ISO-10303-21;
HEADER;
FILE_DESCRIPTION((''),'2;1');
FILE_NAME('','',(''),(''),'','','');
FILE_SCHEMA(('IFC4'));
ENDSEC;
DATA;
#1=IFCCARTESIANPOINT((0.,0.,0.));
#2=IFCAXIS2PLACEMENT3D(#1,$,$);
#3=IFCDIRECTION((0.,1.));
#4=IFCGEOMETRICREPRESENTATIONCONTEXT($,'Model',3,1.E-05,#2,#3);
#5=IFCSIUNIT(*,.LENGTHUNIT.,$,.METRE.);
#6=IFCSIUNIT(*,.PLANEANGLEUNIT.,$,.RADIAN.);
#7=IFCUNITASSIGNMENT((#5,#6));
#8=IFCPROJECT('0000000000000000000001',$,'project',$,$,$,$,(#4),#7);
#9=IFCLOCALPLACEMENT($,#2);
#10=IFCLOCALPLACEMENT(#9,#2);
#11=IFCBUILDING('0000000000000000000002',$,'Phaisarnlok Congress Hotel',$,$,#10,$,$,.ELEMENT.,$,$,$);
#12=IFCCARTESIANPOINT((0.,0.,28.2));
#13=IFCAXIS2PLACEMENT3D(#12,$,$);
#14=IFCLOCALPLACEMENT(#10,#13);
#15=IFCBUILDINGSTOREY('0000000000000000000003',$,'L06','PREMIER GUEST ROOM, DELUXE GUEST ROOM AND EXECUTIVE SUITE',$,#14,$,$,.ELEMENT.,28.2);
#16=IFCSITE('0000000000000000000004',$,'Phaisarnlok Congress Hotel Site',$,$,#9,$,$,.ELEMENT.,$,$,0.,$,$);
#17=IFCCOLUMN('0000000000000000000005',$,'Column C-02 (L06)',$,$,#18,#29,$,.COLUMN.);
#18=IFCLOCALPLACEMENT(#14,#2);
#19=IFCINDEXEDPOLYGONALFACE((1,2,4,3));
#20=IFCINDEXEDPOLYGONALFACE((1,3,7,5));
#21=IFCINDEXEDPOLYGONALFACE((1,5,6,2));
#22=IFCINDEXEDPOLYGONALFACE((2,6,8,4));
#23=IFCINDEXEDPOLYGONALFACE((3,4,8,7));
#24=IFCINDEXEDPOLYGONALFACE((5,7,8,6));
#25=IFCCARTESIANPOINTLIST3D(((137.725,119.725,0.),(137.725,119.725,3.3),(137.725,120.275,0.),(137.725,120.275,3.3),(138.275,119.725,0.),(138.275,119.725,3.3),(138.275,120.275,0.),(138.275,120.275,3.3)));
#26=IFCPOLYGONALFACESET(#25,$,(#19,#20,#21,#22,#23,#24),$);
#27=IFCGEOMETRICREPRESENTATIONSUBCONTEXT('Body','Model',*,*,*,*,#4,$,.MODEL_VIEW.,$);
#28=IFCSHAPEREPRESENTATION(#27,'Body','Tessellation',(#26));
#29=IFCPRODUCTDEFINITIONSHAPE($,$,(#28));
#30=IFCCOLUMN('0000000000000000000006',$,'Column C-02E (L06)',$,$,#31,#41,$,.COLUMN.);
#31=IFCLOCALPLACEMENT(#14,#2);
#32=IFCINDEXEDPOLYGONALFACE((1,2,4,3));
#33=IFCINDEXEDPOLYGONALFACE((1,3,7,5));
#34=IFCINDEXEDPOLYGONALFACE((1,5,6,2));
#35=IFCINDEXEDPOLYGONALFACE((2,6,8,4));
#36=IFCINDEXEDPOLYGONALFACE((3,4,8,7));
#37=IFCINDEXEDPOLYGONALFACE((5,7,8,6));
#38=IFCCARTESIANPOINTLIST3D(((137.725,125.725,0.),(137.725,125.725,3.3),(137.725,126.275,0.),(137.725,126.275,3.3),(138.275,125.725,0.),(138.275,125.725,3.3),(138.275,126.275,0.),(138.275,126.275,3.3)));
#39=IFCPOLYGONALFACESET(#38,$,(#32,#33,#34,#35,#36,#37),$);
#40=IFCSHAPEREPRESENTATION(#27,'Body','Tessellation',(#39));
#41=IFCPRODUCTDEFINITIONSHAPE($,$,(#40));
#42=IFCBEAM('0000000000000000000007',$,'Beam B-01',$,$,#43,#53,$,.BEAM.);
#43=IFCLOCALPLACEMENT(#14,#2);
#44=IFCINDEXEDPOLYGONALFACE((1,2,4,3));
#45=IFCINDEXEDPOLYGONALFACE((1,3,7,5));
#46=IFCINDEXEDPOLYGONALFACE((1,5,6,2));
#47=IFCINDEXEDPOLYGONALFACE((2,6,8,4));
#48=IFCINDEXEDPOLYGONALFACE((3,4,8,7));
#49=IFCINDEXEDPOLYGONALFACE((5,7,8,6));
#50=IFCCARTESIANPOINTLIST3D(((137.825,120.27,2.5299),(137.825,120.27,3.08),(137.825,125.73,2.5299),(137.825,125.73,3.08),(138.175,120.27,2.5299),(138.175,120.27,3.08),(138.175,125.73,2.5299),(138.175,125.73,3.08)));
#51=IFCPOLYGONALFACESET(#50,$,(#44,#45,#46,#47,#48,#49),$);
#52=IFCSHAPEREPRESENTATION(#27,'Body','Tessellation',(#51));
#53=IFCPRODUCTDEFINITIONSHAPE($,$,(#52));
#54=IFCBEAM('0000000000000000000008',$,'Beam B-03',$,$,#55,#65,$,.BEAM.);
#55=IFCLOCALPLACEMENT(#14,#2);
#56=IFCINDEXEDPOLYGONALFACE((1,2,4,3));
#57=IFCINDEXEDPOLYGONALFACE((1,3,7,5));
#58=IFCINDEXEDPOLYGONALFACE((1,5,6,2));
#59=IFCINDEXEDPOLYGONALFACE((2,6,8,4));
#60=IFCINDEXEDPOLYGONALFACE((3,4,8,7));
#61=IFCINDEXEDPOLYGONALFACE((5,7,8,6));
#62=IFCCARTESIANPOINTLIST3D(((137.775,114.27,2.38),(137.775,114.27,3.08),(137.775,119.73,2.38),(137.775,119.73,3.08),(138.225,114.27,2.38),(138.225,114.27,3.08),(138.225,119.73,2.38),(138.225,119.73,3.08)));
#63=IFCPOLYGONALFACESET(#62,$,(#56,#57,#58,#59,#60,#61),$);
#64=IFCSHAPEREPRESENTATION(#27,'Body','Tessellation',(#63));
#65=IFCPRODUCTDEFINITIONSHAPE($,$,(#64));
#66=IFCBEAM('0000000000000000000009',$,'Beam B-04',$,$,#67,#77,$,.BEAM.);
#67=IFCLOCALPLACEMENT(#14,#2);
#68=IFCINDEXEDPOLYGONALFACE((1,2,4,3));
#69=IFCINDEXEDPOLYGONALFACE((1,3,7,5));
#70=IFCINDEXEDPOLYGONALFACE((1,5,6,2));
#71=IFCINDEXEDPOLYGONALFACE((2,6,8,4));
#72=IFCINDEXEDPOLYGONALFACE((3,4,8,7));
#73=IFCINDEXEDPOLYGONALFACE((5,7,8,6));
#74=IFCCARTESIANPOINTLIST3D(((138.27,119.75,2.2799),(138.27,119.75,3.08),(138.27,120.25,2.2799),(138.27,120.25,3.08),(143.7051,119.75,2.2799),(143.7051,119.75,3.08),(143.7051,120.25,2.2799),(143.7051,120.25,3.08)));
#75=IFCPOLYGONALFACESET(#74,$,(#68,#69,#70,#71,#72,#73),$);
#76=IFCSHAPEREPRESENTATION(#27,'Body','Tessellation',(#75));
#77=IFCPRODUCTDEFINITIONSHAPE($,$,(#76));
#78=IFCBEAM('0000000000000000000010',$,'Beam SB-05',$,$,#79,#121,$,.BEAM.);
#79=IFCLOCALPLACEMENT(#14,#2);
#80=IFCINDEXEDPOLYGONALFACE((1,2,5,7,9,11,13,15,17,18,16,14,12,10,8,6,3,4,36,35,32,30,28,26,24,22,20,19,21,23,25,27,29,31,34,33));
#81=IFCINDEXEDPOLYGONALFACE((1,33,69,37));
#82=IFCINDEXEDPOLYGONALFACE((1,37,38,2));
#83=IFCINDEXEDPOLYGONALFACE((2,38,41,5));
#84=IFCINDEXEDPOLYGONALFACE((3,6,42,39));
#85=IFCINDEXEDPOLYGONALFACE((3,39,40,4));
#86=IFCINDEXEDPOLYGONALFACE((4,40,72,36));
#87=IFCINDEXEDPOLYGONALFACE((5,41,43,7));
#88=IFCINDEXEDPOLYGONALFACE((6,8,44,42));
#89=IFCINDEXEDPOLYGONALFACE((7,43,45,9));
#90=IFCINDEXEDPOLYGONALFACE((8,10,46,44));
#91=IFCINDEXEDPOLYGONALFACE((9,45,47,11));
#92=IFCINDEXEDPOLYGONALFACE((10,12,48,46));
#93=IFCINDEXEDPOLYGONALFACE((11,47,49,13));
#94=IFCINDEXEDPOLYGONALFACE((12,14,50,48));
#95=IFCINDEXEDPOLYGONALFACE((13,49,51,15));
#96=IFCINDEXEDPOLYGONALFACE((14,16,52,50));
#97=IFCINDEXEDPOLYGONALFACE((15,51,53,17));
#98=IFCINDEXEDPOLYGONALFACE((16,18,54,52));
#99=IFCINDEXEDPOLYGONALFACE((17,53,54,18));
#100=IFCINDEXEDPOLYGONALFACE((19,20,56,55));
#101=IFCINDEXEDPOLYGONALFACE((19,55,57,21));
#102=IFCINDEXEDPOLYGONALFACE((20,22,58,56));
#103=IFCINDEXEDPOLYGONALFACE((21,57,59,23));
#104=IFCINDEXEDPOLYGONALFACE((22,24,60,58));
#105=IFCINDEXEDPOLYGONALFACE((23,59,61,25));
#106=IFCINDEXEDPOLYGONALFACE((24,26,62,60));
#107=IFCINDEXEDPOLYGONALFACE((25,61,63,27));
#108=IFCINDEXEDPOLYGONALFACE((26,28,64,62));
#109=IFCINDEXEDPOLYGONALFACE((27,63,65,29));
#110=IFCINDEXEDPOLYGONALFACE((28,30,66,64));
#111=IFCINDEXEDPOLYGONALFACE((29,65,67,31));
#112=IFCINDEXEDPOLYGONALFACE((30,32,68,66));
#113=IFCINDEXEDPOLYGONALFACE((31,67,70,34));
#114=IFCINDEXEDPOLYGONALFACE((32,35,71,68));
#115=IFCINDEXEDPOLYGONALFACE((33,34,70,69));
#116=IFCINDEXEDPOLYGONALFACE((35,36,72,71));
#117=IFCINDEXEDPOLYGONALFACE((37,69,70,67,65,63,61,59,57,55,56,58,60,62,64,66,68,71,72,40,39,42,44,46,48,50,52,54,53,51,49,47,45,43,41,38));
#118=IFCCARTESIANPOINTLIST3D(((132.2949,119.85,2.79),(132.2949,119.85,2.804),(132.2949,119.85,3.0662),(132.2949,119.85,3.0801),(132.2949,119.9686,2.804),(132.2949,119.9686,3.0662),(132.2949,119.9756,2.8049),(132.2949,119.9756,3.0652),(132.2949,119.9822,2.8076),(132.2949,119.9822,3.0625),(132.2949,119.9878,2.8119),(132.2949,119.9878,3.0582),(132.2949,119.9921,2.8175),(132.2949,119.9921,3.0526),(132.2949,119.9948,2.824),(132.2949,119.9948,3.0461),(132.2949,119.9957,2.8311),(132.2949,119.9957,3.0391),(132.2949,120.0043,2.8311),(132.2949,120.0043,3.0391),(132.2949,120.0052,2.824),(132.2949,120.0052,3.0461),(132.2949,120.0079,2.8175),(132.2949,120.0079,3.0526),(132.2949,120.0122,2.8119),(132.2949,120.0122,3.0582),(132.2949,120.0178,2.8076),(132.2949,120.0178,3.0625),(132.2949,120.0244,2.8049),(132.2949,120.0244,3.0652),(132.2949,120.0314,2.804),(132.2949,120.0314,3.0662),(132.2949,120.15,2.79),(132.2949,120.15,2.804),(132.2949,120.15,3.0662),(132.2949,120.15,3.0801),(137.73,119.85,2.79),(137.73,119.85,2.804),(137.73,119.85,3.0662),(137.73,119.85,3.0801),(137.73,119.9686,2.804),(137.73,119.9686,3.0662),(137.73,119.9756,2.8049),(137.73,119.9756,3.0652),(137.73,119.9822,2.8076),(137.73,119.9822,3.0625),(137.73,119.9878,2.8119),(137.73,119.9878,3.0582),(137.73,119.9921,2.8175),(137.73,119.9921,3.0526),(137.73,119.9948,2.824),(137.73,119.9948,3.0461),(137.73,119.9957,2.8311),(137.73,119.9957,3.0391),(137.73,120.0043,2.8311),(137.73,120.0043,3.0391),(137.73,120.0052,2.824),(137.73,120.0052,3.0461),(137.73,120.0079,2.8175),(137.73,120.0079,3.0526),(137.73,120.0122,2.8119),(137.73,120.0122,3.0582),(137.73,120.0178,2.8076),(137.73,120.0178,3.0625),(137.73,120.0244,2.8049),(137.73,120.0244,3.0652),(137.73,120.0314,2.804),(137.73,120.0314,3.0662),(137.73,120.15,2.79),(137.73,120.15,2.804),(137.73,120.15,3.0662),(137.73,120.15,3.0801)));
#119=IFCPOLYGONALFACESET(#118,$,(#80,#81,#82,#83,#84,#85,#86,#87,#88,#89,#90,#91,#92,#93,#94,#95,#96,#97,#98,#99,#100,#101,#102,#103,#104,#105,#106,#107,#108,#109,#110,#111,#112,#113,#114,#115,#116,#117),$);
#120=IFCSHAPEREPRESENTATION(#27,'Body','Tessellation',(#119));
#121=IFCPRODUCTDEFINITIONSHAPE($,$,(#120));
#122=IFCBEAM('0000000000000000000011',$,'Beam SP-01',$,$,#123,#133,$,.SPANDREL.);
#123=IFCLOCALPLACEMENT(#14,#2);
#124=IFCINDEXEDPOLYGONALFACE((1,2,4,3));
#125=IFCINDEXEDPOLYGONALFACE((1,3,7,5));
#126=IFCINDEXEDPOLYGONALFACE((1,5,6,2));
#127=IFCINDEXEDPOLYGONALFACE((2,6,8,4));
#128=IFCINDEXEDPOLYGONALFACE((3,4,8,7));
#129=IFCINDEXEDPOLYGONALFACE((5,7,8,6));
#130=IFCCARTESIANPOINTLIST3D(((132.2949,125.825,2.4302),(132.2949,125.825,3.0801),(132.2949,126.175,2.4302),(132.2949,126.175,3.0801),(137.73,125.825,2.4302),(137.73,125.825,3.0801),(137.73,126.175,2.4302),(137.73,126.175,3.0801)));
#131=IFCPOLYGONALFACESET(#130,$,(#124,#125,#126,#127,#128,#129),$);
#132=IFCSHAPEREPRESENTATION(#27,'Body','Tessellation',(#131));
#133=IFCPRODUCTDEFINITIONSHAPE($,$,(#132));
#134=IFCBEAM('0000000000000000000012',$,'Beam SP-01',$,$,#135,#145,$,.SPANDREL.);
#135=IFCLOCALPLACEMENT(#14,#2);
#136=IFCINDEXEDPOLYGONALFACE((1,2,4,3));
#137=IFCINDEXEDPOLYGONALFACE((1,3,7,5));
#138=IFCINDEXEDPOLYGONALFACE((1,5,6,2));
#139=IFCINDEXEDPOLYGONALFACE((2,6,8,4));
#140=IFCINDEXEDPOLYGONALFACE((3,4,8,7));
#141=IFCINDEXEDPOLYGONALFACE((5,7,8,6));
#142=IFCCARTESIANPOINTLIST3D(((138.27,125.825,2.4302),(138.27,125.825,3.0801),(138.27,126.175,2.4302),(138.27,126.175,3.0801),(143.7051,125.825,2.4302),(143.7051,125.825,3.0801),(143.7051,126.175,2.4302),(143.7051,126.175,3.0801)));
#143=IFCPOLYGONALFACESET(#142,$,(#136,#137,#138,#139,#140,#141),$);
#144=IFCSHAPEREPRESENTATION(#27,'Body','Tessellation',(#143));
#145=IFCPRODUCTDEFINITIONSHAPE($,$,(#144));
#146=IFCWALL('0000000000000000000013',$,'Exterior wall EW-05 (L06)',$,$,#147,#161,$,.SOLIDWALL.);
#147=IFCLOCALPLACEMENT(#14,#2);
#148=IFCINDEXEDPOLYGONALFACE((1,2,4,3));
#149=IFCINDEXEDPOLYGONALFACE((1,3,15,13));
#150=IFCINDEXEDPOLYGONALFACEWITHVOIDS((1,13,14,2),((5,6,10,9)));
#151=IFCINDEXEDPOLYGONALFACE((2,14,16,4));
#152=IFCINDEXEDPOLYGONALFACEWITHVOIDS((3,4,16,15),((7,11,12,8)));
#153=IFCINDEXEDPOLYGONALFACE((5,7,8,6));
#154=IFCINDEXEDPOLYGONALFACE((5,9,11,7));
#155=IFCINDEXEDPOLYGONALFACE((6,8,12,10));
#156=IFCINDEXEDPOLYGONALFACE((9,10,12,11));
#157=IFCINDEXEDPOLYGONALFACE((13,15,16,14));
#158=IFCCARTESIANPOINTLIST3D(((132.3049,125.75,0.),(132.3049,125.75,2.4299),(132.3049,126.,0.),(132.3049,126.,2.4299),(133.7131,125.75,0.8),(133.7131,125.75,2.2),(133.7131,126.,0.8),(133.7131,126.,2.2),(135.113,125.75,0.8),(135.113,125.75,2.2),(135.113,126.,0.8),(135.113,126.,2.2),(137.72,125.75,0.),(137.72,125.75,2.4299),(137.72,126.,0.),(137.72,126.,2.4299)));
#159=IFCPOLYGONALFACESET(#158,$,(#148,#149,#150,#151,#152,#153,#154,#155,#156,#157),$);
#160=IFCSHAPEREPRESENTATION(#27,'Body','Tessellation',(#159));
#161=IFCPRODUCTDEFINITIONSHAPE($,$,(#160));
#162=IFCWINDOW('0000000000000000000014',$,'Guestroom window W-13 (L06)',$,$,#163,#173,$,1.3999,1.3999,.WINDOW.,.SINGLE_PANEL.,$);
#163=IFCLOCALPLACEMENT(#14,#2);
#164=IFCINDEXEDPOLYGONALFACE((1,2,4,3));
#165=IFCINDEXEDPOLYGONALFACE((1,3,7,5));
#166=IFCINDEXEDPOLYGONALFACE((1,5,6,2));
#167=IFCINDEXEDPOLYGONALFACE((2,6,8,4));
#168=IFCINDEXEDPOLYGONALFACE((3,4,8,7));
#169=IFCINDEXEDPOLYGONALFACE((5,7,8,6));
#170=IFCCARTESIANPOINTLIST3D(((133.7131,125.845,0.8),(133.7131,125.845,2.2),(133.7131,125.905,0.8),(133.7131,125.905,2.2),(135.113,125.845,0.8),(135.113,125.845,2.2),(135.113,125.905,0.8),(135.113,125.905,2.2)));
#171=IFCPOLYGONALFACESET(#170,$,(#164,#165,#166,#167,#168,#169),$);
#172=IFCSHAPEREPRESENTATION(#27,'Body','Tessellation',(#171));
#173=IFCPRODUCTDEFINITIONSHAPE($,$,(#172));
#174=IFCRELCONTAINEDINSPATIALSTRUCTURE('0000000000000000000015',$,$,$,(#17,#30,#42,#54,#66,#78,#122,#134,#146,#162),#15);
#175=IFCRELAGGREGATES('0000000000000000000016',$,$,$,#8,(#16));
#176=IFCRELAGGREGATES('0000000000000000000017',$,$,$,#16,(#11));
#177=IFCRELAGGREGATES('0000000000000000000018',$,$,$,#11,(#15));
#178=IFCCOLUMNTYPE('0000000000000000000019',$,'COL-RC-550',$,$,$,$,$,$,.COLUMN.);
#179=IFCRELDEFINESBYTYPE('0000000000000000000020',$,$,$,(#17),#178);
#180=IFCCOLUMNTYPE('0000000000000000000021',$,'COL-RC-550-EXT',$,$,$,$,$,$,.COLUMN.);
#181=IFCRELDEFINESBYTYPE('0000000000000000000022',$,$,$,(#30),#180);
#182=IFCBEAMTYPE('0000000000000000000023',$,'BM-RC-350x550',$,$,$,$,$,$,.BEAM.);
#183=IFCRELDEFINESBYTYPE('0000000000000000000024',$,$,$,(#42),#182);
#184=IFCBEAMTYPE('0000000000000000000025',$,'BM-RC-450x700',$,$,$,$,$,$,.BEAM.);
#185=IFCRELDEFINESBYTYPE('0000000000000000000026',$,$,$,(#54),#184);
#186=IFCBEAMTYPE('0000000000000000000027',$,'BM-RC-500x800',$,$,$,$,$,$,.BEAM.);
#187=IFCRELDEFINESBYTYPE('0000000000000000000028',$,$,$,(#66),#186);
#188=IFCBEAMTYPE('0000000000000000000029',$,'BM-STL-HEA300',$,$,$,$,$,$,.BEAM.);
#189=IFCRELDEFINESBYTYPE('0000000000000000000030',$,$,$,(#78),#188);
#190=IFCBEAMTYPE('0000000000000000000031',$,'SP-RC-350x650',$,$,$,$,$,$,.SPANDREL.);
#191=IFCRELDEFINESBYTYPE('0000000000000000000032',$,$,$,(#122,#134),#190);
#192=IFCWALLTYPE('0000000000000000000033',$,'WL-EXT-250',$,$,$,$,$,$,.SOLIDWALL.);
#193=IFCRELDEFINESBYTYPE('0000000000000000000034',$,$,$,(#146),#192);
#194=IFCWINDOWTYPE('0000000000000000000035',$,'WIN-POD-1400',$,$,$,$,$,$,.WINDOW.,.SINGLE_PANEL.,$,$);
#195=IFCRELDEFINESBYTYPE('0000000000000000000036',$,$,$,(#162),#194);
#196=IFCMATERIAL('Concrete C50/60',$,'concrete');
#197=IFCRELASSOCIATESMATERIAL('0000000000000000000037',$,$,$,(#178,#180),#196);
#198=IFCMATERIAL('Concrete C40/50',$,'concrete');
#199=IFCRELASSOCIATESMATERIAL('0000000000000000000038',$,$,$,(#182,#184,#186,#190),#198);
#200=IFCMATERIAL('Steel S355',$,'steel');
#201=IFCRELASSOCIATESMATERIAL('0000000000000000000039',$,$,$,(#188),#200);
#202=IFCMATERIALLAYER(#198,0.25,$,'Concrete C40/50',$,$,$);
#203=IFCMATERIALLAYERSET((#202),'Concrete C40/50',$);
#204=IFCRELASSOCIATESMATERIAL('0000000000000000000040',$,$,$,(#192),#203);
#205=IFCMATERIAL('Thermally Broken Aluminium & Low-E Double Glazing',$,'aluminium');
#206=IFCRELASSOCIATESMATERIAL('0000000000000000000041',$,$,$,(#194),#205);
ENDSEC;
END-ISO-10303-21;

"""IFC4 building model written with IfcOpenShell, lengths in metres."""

from ifc_helpers import new_model, si_unit, direction, frame, frame_2d, origin, origin_2d, place, context, subcontext, project, spatial, rectangle, i_section, extrude, material, layer, layer_set, material_profile, profile_set, type_object, element, fill, save


model = new_model("IFC4")

# Units and contexts
model_context = context("Model", 3, precision=1e-05, world=origin(), true_north=direction((0.0, 1.0)))
body_context = subcontext(model_context, "Body", "Model", "MODEL_VIEW")
ifc_project = project(units=[si_unit("LENGTHUNIT", "METRE"), si_unit("PLANEANGLEUNIT", "RADIAN")], contexts=[model_context])

# Site, building, storey
site_placement = place(None, origin())
site = spatial("IfcSite", under=ifc_project, at=site_placement, Name="Phaisarnlok Congress Hotel Site", CompositionType="ELEMENT", RefElevation=0.0)
building_placement = place(site_placement, origin())
building = spatial("IfcBuilding", under=site, at=building_placement, Name="Phaisarnlok Congress Hotel", CompositionType="ELEMENT")
storey_placement = place(building_placement, frame((0.0, 0.0, 28.2)))
storey = spatial("IfcBuildingStorey", under=building, at=storey_placement, Name="L06", Description="PREMIER GUEST ROOM, DELUXE GUEST ROOM AND EXECUTIVE SUITE", CompositionType="ELEMENT", Elevation=28.2)

# Columns
ifc_material_1 = material(Name="Concrete C50/60", Category="concrete")
ifc_material_profile_1 = material_profile(ifc_material_1, rectangle(XDim=0.55, YDim=0.55, at=origin_2d()), Name="RC 550x550")
ifc_profile_set_1 = profile_set([ifc_material_profile_1], Name="Concrete C50/60")
column_type_1 = type_object("IfcColumnType", Name="COL-RC-550", PredefinedType="COLUMN", material=ifc_profile_set_1)
column_1_placement = place(storey_placement, frame((138.0, 120.0, 0.0), z_axis=(0.0, 0.0, 1.0), x_axis=(1.0, 0.0, 0.0)))
element("IfcColumn", 1, at=column_1_placement, inside=storey, type_object=column_type_1, Name="Column C-02 (L06)", PredefinedType="COLUMN", context=body_context, shape_type="SweptSolid", body=[
    extrude(rectangle(XDim=0.55, YDim=0.55, at=origin_2d()), origin(), (0.0, 0.0, 1.0), 3.3),
])
ifc_material_profile_2 = material_profile(ifc_material_1, rectangle(XDim=0.55, YDim=0.55, at=origin_2d()), Name="RC 550x550")
ifc_profile_set_2 = profile_set([ifc_material_profile_2], Name="Concrete C50/60")
column_type_2 = type_object("IfcColumnType", Name="COL-RC-550-EXT", PredefinedType="COLUMN", material=ifc_profile_set_2)
column_2_placement = place(storey_placement, frame((138.0, 126.0, 0.0), z_axis=(0.0, 0.0, 1.0), x_axis=(1.0, 0.0, 0.0)))
element("IfcColumn", 2, at=column_2_placement, inside=storey, type_object=column_type_2, Name="Column C-02E (L06)", PredefinedType="COLUMN", context=body_context, shape_type="SweptSolid", body=[
    extrude(rectangle(XDim=0.55, YDim=0.55, at=origin_2d()), origin(), (0.0, 0.0, 1.0), 3.3),
])

# Beams
ifc_material_2 = material(Name="Concrete C40/50", Category="concrete")
ifc_material_profile_3 = material_profile(ifc_material_2, rectangle(XDim=0.3501, YDim=0.55, at=origin_2d()), Name="RC 350x550")
ifc_profile_set_3 = profile_set([ifc_material_profile_3], Name="Concrete C40/50")
beam_type_1 = type_object("IfcBeamType", Name="BM-RC-350x550", PredefinedType="BEAM", material=ifc_profile_set_3)
beam_1_placement = place(storey_placement, frame((138.0, 120.27, 2.8049), z_axis=(0.0, 1.0, 0.0), x_axis=(-1.0, 0.0, 0.0)))
element("IfcBeam", 3, at=beam_1_placement, inside=storey, type_object=beam_type_1, Name="Beam B-01", PredefinedType="BEAM", context=body_context, shape_type="SweptSolid", body=[
    extrude(rectangle(XDim=0.3501, YDim=0.55, at=origin_2d()), origin(), (0.0, 0.0, 1.0), 5.46),
])
ifc_material_profile_4 = material_profile(ifc_material_2, rectangle(XDim=0.45, YDim=0.7, at=origin_2d()), Name="RC 450x700")
ifc_profile_set_4 = profile_set([ifc_material_profile_4], Name="Concrete C40/50")
beam_type_2 = type_object("IfcBeamType", Name="BM-RC-450x700", PredefinedType="BEAM", material=ifc_profile_set_4)
beam_2_placement = place(storey_placement, frame((138.0, 114.27, 2.73), z_axis=(0.0, 1.0, 0.0), x_axis=(-1.0, 0.0, 0.0)))
element("IfcBeam", 4, at=beam_2_placement, inside=storey, type_object=beam_type_2, Name="Beam B-03", PredefinedType="BEAM", context=body_context, shape_type="SweptSolid", body=[
    extrude(rectangle(XDim=0.45, YDim=0.7, at=origin_2d()), origin(), (0.0, 0.0, 1.0), 5.46),
])
ifc_material_profile_5 = material_profile(ifc_material_2, rectangle(XDim=0.5, YDim=0.8, at=origin_2d()), Name="RC 500x800")
ifc_profile_set_5 = profile_set([ifc_material_profile_5], Name="Concrete C40/50")
beam_type_3 = type_object("IfcBeamType", Name="BM-RC-500x800", PredefinedType="BEAM", material=ifc_profile_set_5)
beam_3_placement = place(storey_placement, frame((138.27, 120.0, 2.6799), z_axis=(1.0, 0.0, 0.0), x_axis=(0.0, 1.0, 0.0)))
element("IfcBeam", 5, at=beam_3_placement, inside=storey, type_object=beam_type_3, Name="Beam B-04", PredefinedType="BEAM", context=body_context, shape_type="SweptSolid", body=[
    extrude(rectangle(XDim=0.5, YDim=0.8, at=origin_2d()), origin(), (0.0, 0.0, 1.0), 5.4351),
])
ifc_material_3 = material(Name="Steel S355", Category="steel")
ifc_material_profile_6 = material_profile(ifc_material_3, i_section(OverallWidth=0.3, OverallDepth=0.29, WebThickness=0.0085, FlangeThickness=0.0139, FilletRadius=0.0271, at=origin_2d()), Name="HEA 300")
ifc_profile_set_6 = profile_set([ifc_material_profile_6], Name="Steel S355")
beam_type_4 = type_object("IfcBeamType", Name="BM-STL-HEA300", PredefinedType="BEAM", material=ifc_profile_set_6)
beam_4_placement = place(storey_placement, frame((132.2949, 120.0, 2.9351), z_axis=(1.0, 0.0, 0.0), x_axis=(0.0, 1.0, 0.0)))
element("IfcBeam", 6, at=beam_4_placement, inside=storey, type_object=beam_type_4, Name="Beam SB-05", PredefinedType="BEAM", context=body_context, shape_type="SweptSolid", body=[
    extrude(i_section(OverallWidth=0.3, OverallDepth=0.29, WebThickness=0.0085, FlangeThickness=0.0139, FilletRadius=0.0271, at=origin_2d()), origin(), (0.0, 0.0, 1.0), 5.4351),
])
ifc_material_profile_7 = material_profile(ifc_material_2, rectangle(XDim=0.3501, YDim=0.6499, at=origin_2d()), Name="RC 350x650")
ifc_profile_set_7 = profile_set([ifc_material_profile_7], Name="Concrete C40/50")
beam_type_5 = type_object("IfcBeamType", Name="SP-RC-350x650", PredefinedType="SPANDREL", material=ifc_profile_set_7)
for number, where, z_axis, x_axis, name in (
    (7, (132.2949, 126.0, 2.7551), (1.0, 0.0, 0.0), (0.0, 1.0, 0.0), "Beam SP-01"),
    (8, (138.27, 126.0, 2.7551), (1.0, 0.0, 0.0), (0.0, 1.0, 0.0), "Beam SP-01"),
):
    element("IfcBeam", number, at=place(storey_placement, frame(where, z_axis=z_axis, x_axis=x_axis)), inside=storey, type_object=beam_type_5, Name=name, PredefinedType="SPANDREL", context=body_context, shape_type="SweptSolid", body=[
        extrude(rectangle(XDim=0.3501, YDim=0.6499, at=origin_2d()), origin(), (0.0, 0.0, 1.0), 5.4351),
    ])

# Wall, opening, window
ifc_layer_1 = layer(ifc_material_2, 0.25, Name="Concrete C40/50")
ifc_layer_set_1 = layer_set([ifc_layer_1], Name="Concrete C40/50")
wall_type_1 = type_object("IfcWallType", Name="WL-EXT-250", PredefinedType="SOLIDWALL", material=ifc_layer_set_1)
wall_1_placement = place(storey_placement, frame((137.72, 125.875, 0.0), z_axis=(0.0, 0.0, 1.0), x_axis=(-1.0, 0.0, 0.0)))
wall_1 = element("IfcWall", 9, at=wall_1_placement, inside=storey, type_object=wall_type_1, Name="Exterior wall EW-05 (L06)", PredefinedType="SOLIDWALL", context=body_context, shape_type="SweptSolid", body=[
    extrude(rectangle(XDim=5.415, YDim=0.25, at=frame_2d((2.7075, 0.0))), origin(), (0.0, 0.0, 1.0), 2.4299),
])
opening_1_placement = place(wall_1_placement, frame((2.6069, 0.0, 0.8)))
opening_1 = element("IfcOpeningElement", 10, at=opening_1_placement, cuts=wall_1, PredefinedType="OPENING", context=body_context, shape_type="SweptSolid", body=[
    extrude(rectangle(XDim=1.3999, YDim=1.3999, at=frame_2d((0.7, 0.7))), frame((0.0, 0.135, 0.0), z_axis=(0.0, -1.0, 0.0), x_axis=(1.0, 0.0, 0.0)), (0.0, 0.0, 1.0), 0.27),
])
ifc_material_4 = material(Name="Thermally Broken Aluminium & Low-E Double Glazing", Category="aluminium")
window_type = type_object("IfcWindowType", Name="WIN-POD-1400", PartitioningType="SINGLE_PANEL", PredefinedType="WINDOW", material=ifc_material_4)
window_1_placement = place(opening_1_placement, origin())
window_1 = element("IfcWindow", 11, at=window_1_placement, inside=storey, type_object=window_type, Name="Guestroom window W-13 (L06)", OverallHeight=1.3999, OverallWidth=1.3999, PartitioningType="SINGLE_PANEL", PredefinedType="WINDOW", context=body_context, shape_type="SweptSolid", body=[
    extrude(rectangle(XDim=1.3999, YDim=1.3999, at=frame_2d((0.7, 0.7))), frame((0.0, 0.03, 0.0), z_axis=(0.0, -1.0, 0.0), x_axis=(1.0, 0.0, 0.0)), (0.0, 0.0, 1.0), 0.0601),
])
fill(opening_1, window_1)

save(model, "model.ifc")
